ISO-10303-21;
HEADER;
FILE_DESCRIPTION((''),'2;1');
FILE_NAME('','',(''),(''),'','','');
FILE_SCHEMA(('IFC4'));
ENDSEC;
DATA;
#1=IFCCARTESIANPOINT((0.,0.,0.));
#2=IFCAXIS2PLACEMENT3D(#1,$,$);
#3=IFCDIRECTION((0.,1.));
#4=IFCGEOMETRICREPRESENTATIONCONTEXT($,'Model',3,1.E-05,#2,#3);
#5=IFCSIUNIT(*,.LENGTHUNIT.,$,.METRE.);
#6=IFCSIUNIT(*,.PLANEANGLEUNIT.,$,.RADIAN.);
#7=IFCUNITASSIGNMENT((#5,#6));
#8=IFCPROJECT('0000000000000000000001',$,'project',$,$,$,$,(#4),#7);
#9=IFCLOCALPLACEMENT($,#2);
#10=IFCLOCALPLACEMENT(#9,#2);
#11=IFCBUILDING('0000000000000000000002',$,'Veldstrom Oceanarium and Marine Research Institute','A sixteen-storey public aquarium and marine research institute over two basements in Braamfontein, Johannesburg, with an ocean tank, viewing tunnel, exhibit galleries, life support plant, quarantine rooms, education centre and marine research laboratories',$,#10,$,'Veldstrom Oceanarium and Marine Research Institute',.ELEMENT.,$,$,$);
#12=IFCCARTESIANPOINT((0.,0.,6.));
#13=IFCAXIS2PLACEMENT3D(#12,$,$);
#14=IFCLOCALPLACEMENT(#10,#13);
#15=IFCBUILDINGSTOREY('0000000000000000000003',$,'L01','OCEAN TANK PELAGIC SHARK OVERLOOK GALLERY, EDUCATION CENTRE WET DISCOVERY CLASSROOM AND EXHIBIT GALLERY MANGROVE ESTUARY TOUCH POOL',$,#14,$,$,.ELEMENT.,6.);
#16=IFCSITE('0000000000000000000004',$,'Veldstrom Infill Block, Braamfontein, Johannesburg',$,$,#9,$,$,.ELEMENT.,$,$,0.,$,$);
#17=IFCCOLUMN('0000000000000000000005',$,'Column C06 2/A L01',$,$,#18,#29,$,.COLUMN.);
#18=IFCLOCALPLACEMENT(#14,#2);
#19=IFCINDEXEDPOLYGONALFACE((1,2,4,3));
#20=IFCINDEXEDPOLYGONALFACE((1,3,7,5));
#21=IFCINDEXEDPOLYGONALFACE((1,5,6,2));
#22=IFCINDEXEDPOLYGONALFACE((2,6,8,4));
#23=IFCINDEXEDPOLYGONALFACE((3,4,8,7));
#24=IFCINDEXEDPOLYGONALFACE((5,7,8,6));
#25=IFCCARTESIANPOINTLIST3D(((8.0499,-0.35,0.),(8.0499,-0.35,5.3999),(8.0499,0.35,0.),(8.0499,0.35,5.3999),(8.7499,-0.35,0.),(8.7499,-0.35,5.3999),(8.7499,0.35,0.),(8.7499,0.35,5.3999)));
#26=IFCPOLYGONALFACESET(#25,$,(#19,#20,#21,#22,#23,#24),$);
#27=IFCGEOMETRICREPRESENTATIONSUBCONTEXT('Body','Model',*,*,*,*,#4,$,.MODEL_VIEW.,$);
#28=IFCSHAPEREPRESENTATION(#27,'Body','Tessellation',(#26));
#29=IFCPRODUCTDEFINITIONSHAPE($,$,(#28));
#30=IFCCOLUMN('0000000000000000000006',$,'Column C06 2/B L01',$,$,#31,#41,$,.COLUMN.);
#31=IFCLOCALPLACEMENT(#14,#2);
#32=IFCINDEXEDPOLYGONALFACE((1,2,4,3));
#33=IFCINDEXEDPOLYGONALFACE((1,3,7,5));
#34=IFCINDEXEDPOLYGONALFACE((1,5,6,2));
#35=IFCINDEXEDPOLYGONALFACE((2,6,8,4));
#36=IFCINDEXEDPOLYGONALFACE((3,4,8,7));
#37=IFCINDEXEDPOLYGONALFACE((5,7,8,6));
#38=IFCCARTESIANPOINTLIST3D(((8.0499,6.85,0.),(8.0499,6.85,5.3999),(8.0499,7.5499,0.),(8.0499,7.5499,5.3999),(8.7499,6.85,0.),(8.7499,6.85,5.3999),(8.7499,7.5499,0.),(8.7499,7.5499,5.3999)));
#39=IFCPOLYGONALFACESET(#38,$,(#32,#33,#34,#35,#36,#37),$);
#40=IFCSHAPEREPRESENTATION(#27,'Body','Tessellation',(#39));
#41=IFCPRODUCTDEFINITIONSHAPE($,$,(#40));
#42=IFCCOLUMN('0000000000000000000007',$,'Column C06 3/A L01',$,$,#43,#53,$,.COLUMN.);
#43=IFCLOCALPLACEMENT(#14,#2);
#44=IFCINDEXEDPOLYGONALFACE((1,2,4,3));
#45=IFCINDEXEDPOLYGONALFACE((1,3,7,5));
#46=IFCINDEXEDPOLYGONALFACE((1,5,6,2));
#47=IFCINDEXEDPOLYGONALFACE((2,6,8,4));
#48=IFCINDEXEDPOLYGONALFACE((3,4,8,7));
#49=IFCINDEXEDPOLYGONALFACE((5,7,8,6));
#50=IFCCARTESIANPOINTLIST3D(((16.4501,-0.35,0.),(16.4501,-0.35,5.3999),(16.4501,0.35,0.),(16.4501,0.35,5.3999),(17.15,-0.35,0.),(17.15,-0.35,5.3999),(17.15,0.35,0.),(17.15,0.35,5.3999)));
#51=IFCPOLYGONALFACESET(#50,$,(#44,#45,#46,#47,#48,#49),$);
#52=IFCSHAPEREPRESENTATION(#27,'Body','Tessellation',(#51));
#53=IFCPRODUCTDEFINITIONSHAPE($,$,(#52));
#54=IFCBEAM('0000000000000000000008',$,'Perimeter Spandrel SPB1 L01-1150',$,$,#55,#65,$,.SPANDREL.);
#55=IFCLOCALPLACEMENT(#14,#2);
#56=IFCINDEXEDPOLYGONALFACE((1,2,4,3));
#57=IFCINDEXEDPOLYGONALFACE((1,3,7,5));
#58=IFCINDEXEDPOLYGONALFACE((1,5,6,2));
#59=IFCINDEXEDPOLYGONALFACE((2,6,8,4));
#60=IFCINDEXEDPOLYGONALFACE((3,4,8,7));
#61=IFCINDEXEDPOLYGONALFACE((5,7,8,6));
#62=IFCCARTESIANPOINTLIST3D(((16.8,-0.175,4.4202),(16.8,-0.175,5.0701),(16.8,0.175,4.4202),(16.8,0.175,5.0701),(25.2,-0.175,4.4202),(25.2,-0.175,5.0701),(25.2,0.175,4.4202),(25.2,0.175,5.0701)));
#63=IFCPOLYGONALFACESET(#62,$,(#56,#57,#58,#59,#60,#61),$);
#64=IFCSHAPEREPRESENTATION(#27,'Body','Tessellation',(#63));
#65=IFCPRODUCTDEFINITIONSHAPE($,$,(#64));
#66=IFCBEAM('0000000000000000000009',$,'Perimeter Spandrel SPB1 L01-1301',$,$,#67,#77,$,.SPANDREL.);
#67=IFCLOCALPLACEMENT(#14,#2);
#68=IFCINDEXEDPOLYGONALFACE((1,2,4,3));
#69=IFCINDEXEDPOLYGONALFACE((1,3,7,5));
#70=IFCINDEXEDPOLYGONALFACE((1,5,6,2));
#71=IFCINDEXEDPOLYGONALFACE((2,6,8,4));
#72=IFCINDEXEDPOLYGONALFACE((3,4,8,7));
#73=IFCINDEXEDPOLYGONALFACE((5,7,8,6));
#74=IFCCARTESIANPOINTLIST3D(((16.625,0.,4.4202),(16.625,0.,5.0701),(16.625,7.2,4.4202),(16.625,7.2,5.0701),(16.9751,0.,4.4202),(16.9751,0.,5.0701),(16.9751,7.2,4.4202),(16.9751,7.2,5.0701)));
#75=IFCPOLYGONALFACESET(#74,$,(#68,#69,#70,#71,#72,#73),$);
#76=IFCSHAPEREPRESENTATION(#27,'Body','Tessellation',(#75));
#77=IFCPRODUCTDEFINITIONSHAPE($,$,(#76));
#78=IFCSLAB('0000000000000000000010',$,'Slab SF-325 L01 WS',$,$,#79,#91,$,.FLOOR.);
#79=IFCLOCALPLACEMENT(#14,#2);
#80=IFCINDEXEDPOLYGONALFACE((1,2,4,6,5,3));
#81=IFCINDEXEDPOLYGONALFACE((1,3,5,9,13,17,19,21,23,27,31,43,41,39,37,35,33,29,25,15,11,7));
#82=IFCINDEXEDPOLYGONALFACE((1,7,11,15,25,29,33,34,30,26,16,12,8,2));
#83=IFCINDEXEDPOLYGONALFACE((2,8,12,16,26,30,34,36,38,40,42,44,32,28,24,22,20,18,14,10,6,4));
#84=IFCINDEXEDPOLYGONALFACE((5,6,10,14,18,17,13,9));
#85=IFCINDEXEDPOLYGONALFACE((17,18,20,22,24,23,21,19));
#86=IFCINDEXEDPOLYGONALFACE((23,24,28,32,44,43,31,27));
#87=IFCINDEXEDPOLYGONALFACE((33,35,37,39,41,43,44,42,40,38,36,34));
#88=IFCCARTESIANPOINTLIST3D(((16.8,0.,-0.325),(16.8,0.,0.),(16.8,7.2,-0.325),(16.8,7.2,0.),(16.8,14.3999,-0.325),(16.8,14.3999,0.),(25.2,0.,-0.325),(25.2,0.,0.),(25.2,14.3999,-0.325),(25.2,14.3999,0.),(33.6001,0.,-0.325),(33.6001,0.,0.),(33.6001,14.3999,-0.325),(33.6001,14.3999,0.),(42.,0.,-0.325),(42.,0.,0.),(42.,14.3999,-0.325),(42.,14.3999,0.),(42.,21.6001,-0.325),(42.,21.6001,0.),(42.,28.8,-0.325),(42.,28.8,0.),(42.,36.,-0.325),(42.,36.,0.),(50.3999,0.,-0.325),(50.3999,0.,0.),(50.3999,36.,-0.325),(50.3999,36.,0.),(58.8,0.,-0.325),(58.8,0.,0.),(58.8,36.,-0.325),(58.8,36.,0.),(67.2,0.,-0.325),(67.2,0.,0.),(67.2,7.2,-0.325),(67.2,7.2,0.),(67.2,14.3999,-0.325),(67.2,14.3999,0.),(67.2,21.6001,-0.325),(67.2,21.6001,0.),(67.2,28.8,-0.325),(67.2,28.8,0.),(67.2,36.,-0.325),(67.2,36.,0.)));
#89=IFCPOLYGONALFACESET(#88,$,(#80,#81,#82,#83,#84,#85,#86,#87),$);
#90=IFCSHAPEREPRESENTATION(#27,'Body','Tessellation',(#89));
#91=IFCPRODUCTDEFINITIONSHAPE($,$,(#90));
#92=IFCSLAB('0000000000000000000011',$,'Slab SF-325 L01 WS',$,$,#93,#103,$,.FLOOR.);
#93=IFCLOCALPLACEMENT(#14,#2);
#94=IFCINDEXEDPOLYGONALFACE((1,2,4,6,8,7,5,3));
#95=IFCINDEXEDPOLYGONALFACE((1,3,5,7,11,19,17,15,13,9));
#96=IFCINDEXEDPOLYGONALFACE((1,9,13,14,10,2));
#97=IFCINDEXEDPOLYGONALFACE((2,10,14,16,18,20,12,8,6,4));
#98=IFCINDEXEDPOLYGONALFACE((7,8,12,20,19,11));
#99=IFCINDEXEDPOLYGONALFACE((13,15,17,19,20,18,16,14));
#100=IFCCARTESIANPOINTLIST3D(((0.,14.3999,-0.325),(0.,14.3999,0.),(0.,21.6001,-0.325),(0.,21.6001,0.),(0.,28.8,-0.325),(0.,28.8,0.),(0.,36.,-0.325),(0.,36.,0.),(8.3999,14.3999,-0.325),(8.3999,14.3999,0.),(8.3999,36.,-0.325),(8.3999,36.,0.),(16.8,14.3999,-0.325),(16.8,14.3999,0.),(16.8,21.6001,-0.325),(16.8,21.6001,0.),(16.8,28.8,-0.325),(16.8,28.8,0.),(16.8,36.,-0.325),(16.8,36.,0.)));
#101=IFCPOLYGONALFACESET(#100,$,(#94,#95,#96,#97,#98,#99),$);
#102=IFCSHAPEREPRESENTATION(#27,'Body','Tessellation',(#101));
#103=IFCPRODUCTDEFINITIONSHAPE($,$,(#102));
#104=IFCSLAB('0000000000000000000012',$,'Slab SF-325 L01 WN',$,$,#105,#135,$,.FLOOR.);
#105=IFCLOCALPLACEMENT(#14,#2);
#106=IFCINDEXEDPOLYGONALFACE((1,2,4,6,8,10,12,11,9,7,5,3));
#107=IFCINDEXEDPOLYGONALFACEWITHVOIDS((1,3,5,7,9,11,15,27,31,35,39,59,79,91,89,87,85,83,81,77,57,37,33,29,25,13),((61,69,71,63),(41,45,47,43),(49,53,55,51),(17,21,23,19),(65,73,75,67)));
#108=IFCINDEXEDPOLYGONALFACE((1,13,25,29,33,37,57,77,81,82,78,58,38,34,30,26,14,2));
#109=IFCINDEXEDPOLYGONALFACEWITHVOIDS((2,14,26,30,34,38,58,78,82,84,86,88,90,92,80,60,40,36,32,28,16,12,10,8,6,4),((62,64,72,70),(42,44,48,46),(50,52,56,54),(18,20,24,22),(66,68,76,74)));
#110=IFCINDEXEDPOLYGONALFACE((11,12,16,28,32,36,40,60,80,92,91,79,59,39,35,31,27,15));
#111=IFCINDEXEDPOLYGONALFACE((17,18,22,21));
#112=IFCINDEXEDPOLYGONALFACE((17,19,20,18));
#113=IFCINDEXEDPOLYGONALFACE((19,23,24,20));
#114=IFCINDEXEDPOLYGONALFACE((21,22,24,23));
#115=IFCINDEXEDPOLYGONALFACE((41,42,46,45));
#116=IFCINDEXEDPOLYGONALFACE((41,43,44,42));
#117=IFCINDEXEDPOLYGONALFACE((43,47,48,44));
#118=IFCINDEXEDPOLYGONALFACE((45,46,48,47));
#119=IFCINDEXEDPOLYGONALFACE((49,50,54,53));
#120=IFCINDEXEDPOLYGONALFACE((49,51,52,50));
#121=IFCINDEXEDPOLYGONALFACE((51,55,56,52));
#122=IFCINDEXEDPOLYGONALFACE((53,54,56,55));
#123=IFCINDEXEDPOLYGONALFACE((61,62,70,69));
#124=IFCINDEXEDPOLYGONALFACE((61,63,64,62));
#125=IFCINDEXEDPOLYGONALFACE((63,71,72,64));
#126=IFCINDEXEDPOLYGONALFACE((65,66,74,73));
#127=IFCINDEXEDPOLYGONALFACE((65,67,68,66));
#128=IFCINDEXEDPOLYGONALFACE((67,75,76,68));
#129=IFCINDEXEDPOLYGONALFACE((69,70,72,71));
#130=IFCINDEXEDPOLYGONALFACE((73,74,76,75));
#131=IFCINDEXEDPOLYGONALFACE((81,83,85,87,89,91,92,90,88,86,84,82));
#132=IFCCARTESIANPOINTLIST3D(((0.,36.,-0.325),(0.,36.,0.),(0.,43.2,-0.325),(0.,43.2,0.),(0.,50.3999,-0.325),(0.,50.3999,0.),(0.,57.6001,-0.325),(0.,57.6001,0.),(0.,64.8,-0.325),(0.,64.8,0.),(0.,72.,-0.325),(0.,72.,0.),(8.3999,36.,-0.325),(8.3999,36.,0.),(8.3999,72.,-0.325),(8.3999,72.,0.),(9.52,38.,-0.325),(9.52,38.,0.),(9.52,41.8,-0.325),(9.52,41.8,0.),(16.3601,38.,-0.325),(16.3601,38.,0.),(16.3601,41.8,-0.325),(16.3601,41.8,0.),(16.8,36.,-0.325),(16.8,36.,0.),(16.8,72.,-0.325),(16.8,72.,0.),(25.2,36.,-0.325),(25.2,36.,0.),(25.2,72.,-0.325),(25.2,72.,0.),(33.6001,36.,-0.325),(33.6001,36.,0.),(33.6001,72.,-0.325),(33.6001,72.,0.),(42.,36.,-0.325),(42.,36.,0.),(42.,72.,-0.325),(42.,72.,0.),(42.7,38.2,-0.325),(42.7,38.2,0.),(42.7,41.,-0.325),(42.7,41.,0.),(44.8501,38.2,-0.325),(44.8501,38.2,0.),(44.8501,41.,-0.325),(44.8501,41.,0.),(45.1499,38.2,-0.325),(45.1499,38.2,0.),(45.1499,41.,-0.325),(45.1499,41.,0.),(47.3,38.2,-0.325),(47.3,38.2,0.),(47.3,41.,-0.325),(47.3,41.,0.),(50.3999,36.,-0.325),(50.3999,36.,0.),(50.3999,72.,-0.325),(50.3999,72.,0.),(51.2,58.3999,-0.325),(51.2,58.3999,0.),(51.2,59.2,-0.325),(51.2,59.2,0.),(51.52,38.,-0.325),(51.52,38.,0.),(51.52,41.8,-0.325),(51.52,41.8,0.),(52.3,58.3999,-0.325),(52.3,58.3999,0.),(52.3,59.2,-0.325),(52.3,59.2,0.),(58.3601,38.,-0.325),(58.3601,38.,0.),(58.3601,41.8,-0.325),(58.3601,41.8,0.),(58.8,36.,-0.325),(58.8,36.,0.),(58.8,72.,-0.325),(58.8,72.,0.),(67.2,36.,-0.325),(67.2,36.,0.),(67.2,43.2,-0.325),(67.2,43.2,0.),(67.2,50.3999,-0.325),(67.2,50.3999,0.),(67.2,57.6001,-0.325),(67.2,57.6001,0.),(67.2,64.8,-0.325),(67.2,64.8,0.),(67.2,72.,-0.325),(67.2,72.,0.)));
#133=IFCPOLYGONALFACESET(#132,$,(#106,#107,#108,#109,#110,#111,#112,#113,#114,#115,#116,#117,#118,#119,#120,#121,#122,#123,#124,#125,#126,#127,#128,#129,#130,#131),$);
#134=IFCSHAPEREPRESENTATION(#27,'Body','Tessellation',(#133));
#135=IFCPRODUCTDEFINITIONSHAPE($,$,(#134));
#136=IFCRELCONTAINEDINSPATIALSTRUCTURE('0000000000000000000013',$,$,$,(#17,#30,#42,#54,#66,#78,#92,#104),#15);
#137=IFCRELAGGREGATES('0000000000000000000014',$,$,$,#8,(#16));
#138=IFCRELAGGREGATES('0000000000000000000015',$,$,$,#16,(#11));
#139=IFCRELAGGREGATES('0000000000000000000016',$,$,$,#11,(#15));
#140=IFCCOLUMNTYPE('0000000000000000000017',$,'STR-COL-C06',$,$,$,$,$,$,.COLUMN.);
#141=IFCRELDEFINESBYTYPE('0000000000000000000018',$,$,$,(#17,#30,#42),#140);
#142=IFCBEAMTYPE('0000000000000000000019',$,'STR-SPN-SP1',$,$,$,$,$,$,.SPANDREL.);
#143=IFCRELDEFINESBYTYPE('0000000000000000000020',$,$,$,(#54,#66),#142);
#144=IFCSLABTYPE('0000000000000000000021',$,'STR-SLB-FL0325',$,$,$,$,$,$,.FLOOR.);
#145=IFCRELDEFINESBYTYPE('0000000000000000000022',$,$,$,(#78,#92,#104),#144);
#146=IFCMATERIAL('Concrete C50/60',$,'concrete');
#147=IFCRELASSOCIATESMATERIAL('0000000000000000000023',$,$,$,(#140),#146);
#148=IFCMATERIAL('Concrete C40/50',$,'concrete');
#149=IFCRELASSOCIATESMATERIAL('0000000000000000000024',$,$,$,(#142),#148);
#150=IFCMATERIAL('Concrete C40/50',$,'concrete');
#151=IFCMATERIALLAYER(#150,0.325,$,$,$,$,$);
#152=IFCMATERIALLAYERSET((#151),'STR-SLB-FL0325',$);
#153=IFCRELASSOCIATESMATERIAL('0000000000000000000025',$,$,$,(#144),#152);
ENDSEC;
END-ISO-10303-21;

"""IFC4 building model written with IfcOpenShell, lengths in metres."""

from ifc_helpers import new_model, si_unit, direction, frame, origin, origin_2d, place, context, subcontext, project, spatial, polyline, rectangle, outline, extrude, material, layer, layer_set, material_profile, profile_set, type_object, element, save


model = new_model("IFC4")

# Units and contexts
model_context = context("Model", 3, precision=1e-05, world=origin(), true_north=direction((0.0, 1.0)))
body_context = subcontext(model_context, "Body", "Model", "MODEL_VIEW")
ifc_project = project(units=[si_unit("LENGTHUNIT", "METRE"), si_unit("PLANEANGLEUNIT", "RADIAN")], contexts=[model_context])

# Site, building, storey
site_placement = place(None, origin())
site = spatial("IfcSite", under=ifc_project, at=site_placement, Name="Veldstrom Infill Block, Braamfontein, Johannesburg", CompositionType="ELEMENT", RefElevation=0.0)
building_placement = place(site_placement, origin())
building = spatial("IfcBuilding", under=site, at=building_placement, Name="Veldstrom Oceanarium and Marine Research Institute", Description="A sixteen-storey public aquarium and marine research institute over two basements in Braamfontein, Johannesburg, with an ocean tank, viewing tunnel, exhibit galleries, life support plant, quarantine rooms, education centre and marine research laboratories", LongName="Veldstrom Oceanarium and Marine Research Institute", CompositionType="ELEMENT")
storey_placement = place(building_placement, frame((0.0, 0.0, 6.0)))
storey = spatial("IfcBuildingStorey", under=building, at=storey_placement, Name="L01", Description="OCEAN TANK PELAGIC SHARK OVERLOOK GALLERY, EDUCATION CENTRE WET DISCOVERY CLASSROOM AND EXHIBIT GALLERY MANGROVE ESTUARY TOUCH POOL", CompositionType="ELEMENT", Elevation=6.0)

# Columns
ifc_material_1 = material(Name="Concrete C50/60", Category="concrete")
ifc_material_profile_1 = material_profile(ifc_material_1, rectangle(XDim=0.7, YDim=0.7, at=origin_2d()), Name="RC-COL-700x700")
ifc_profile_set_1 = profile_set([ifc_material_profile_1], Name="Concrete C50/60")
column_type = type_object("IfcColumnType", Name="STR-COL-C06", PredefinedType="COLUMN", material=ifc_profile_set_1)
for number, where, z_axis, x_axis, name in (
    (1, (8.3999, 0.0, 0.0), (0.0, 0.0, 1.0), (1.0, 0.0, 0.0), "Column C06 2/A L01"),
    (2, (8.3999, 7.2, 0.0), (0.0, 0.0, 1.0), (1.0, 0.0, 0.0), "Column C06 2/B L01"),
    (3, (16.8, 0.0, 0.0), (0.0, 0.0, 1.0), (1.0, 0.0, 0.0), "Column C06 3/A L01"),
):
    element("IfcColumn", number, at=place(storey_placement, frame(where, z_axis=z_axis, x_axis=x_axis)), inside=storey, type_object=column_type, Name=name, PredefinedType="COLUMN", context=body_context, shape_type="SweptSolid", body=[
        extrude(rectangle(XDim=0.7, YDim=0.7, at=origin_2d()), origin(), (0.0, 0.0, 1.0), 5.3999),
    ])

# Beams
ifc_material_2 = material(Name="Concrete C40/50", Category="concrete")
ifc_material_profile_2 = material_profile(ifc_material_2, rectangle(XDim=0.3501, YDim=0.6499, at=origin_2d()), Name="RC-SPN-350x650")
ifc_profile_set_2 = profile_set([ifc_material_profile_2], Name="Concrete C40/50")
beam_type = type_object("IfcBeamType", Name="STR-SPN-SP1", PredefinedType="SPANDREL", material=ifc_profile_set_2)
beam_1_placement = place(storey_placement, frame((16.8, 0.0, 4.7451), z_axis=(1.0, 0.0, 0.0), x_axis=(0.0, 1.0, 0.0)))
element("IfcBeam", 4, at=beam_1_placement, inside=storey, type_object=beam_type, Name="Perimeter Spandrel SPB1 L01-1150", PredefinedType="SPANDREL", context=body_context, shape_type="SweptSolid", body=[
    extrude(rectangle(XDim=0.3501, YDim=0.6499, at=origin_2d()), origin(), (0.0, 0.0, 1.0), 8.3999),
])
beam_2_placement = place(storey_placement, frame((16.8, 0.0, 4.7451), z_axis=(0.0, 1.0, 0.0), x_axis=(-1.0, 0.0, 0.0)))
element("IfcBeam", 5, at=beam_2_placement, inside=storey, type_object=beam_type, Name="Perimeter Spandrel SPB1 L01-1301", PredefinedType="SPANDREL", context=body_context, shape_type="SweptSolid", body=[
    extrude(rectangle(XDim=0.3501, YDim=0.6499, at=origin_2d()), origin(), (0.0, 0.0, 1.0), 7.2),
])

# Slabs
ifc_material_3 = material(Name="Concrete C40/50", Category="concrete")
ifc_layer_1 = layer(ifc_material_3, 0.325)
ifc_layer_set_1 = layer_set([ifc_layer_1], Name="STR-SLB-FL0325")
slab_type_1 = type_object("IfcSlabType", Name="STR-SLB-FL0325", PredefinedType="FLOOR", material=ifc_layer_set_1)
slab_1_placement = place(storey_placement, frame((0.0, 0.0, -0.325)))
element("IfcSlab", 6, at=slab_1_placement, inside=storey, type_object=slab_type_1, Name="Slab SF-325 L01 WS", PredefinedType="FLOOR", context=body_context, shape_type="SweptSolid", body=[
    extrude(outline(polyline([(58.8, 0.0), (50.3999, 0.0), (42.0, 0.0), (33.6001, 0.0), (25.2, 0.0), (16.8, 0.0), (16.8, 7.2), (16.8, 14.3999), (25.2, 14.3999), (33.6001, 14.3999), (42.0, 14.3999), (42.0, 21.6001), (42.0, 28.8), (42.0, 36.0), (50.3999, 36.0), (58.8, 36.0), (67.2, 36.0), (67.2, 28.8), (67.2, 21.6001), (67.2, 14.3999), (67.2, 7.2), (67.2, 0.0), (58.8, 0.0)])), origin(), (0.0, 0.0, 1.0), 0.325),
])
slab_2_placement = place(storey_placement, frame((0.0, 0.0, -0.325)))
element("IfcSlab", 7, at=slab_2_placement, inside=storey, type_object=slab_type_1, Name="Slab SF-325 L01 WS", PredefinedType="FLOOR", context=body_context, shape_type="SweptSolid", body=[
    extrude(outline(polyline([(8.3999, 36.0), (16.8, 36.0), (16.8, 28.8), (16.8, 21.6001), (16.8, 14.3999), (8.3999, 14.3999), (0.0, 14.3999), (0.0, 21.6001), (0.0, 28.8), (0.0, 36.0), (8.3999, 36.0)])), origin(), (0.0, 0.0, 1.0), 0.325),
])
slab_3_placement = place(storey_placement, frame((0.0, 0.0, -0.325)))
element("IfcSlab", 8, at=slab_3_placement, inside=storey, type_object=slab_type_1, Name="Slab SF-325 L01 WN", PredefinedType="FLOOR", context=body_context, shape_type="SweptSolid", body=[
    extrude(outline(polyline([(58.8, 72.0), (67.2, 72.0), (67.2, 64.8), (67.2, 57.6001), (67.2, 50.3999), (67.2, 43.2), (67.2, 36.0), (58.8, 36.0), (50.3999, 36.0), (42.0, 36.0), (33.6001, 36.0), (25.2, 36.0), (16.8, 36.0), (8.3999, 36.0), (0.0, 36.0), (0.0, 43.2), (0.0, 50.3999), (0.0, 57.6001), (0.0, 64.8), (0.0, 72.0), (8.3999, 72.0), (16.8, 72.0), (25.2, 72.0), (33.6001, 72.0), (42.0, 72.0), (50.3999, 72.0), (58.8, 72.0)]), holes=[polyline([(16.3601, 41.8), (9.52, 41.8), (9.52, 38.0), (16.3601, 38.0), (16.3601, 41.8)]), polyline([(51.52, 38.0), (58.3601, 38.0), (58.3601, 41.8), (51.52, 41.8), (51.52, 38.0)]), polyline([(44.8501, 38.2), (44.8501, 41.0), (42.7, 41.0), (42.7, 38.2), (44.8501, 38.2)]), polyline([(45.1499, 38.2), (47.3, 38.2), (47.3, 41.0), (45.1499, 41.0), (45.1499, 38.2)]), polyline([(52.3, 59.2), (51.2, 59.2), (51.2, 58.3999), (52.3, 58.3999), (52.3, 59.2)])]), origin(), (0.0, 0.0, 1.0), 0.325),
])

save(model, "model.ifc")
